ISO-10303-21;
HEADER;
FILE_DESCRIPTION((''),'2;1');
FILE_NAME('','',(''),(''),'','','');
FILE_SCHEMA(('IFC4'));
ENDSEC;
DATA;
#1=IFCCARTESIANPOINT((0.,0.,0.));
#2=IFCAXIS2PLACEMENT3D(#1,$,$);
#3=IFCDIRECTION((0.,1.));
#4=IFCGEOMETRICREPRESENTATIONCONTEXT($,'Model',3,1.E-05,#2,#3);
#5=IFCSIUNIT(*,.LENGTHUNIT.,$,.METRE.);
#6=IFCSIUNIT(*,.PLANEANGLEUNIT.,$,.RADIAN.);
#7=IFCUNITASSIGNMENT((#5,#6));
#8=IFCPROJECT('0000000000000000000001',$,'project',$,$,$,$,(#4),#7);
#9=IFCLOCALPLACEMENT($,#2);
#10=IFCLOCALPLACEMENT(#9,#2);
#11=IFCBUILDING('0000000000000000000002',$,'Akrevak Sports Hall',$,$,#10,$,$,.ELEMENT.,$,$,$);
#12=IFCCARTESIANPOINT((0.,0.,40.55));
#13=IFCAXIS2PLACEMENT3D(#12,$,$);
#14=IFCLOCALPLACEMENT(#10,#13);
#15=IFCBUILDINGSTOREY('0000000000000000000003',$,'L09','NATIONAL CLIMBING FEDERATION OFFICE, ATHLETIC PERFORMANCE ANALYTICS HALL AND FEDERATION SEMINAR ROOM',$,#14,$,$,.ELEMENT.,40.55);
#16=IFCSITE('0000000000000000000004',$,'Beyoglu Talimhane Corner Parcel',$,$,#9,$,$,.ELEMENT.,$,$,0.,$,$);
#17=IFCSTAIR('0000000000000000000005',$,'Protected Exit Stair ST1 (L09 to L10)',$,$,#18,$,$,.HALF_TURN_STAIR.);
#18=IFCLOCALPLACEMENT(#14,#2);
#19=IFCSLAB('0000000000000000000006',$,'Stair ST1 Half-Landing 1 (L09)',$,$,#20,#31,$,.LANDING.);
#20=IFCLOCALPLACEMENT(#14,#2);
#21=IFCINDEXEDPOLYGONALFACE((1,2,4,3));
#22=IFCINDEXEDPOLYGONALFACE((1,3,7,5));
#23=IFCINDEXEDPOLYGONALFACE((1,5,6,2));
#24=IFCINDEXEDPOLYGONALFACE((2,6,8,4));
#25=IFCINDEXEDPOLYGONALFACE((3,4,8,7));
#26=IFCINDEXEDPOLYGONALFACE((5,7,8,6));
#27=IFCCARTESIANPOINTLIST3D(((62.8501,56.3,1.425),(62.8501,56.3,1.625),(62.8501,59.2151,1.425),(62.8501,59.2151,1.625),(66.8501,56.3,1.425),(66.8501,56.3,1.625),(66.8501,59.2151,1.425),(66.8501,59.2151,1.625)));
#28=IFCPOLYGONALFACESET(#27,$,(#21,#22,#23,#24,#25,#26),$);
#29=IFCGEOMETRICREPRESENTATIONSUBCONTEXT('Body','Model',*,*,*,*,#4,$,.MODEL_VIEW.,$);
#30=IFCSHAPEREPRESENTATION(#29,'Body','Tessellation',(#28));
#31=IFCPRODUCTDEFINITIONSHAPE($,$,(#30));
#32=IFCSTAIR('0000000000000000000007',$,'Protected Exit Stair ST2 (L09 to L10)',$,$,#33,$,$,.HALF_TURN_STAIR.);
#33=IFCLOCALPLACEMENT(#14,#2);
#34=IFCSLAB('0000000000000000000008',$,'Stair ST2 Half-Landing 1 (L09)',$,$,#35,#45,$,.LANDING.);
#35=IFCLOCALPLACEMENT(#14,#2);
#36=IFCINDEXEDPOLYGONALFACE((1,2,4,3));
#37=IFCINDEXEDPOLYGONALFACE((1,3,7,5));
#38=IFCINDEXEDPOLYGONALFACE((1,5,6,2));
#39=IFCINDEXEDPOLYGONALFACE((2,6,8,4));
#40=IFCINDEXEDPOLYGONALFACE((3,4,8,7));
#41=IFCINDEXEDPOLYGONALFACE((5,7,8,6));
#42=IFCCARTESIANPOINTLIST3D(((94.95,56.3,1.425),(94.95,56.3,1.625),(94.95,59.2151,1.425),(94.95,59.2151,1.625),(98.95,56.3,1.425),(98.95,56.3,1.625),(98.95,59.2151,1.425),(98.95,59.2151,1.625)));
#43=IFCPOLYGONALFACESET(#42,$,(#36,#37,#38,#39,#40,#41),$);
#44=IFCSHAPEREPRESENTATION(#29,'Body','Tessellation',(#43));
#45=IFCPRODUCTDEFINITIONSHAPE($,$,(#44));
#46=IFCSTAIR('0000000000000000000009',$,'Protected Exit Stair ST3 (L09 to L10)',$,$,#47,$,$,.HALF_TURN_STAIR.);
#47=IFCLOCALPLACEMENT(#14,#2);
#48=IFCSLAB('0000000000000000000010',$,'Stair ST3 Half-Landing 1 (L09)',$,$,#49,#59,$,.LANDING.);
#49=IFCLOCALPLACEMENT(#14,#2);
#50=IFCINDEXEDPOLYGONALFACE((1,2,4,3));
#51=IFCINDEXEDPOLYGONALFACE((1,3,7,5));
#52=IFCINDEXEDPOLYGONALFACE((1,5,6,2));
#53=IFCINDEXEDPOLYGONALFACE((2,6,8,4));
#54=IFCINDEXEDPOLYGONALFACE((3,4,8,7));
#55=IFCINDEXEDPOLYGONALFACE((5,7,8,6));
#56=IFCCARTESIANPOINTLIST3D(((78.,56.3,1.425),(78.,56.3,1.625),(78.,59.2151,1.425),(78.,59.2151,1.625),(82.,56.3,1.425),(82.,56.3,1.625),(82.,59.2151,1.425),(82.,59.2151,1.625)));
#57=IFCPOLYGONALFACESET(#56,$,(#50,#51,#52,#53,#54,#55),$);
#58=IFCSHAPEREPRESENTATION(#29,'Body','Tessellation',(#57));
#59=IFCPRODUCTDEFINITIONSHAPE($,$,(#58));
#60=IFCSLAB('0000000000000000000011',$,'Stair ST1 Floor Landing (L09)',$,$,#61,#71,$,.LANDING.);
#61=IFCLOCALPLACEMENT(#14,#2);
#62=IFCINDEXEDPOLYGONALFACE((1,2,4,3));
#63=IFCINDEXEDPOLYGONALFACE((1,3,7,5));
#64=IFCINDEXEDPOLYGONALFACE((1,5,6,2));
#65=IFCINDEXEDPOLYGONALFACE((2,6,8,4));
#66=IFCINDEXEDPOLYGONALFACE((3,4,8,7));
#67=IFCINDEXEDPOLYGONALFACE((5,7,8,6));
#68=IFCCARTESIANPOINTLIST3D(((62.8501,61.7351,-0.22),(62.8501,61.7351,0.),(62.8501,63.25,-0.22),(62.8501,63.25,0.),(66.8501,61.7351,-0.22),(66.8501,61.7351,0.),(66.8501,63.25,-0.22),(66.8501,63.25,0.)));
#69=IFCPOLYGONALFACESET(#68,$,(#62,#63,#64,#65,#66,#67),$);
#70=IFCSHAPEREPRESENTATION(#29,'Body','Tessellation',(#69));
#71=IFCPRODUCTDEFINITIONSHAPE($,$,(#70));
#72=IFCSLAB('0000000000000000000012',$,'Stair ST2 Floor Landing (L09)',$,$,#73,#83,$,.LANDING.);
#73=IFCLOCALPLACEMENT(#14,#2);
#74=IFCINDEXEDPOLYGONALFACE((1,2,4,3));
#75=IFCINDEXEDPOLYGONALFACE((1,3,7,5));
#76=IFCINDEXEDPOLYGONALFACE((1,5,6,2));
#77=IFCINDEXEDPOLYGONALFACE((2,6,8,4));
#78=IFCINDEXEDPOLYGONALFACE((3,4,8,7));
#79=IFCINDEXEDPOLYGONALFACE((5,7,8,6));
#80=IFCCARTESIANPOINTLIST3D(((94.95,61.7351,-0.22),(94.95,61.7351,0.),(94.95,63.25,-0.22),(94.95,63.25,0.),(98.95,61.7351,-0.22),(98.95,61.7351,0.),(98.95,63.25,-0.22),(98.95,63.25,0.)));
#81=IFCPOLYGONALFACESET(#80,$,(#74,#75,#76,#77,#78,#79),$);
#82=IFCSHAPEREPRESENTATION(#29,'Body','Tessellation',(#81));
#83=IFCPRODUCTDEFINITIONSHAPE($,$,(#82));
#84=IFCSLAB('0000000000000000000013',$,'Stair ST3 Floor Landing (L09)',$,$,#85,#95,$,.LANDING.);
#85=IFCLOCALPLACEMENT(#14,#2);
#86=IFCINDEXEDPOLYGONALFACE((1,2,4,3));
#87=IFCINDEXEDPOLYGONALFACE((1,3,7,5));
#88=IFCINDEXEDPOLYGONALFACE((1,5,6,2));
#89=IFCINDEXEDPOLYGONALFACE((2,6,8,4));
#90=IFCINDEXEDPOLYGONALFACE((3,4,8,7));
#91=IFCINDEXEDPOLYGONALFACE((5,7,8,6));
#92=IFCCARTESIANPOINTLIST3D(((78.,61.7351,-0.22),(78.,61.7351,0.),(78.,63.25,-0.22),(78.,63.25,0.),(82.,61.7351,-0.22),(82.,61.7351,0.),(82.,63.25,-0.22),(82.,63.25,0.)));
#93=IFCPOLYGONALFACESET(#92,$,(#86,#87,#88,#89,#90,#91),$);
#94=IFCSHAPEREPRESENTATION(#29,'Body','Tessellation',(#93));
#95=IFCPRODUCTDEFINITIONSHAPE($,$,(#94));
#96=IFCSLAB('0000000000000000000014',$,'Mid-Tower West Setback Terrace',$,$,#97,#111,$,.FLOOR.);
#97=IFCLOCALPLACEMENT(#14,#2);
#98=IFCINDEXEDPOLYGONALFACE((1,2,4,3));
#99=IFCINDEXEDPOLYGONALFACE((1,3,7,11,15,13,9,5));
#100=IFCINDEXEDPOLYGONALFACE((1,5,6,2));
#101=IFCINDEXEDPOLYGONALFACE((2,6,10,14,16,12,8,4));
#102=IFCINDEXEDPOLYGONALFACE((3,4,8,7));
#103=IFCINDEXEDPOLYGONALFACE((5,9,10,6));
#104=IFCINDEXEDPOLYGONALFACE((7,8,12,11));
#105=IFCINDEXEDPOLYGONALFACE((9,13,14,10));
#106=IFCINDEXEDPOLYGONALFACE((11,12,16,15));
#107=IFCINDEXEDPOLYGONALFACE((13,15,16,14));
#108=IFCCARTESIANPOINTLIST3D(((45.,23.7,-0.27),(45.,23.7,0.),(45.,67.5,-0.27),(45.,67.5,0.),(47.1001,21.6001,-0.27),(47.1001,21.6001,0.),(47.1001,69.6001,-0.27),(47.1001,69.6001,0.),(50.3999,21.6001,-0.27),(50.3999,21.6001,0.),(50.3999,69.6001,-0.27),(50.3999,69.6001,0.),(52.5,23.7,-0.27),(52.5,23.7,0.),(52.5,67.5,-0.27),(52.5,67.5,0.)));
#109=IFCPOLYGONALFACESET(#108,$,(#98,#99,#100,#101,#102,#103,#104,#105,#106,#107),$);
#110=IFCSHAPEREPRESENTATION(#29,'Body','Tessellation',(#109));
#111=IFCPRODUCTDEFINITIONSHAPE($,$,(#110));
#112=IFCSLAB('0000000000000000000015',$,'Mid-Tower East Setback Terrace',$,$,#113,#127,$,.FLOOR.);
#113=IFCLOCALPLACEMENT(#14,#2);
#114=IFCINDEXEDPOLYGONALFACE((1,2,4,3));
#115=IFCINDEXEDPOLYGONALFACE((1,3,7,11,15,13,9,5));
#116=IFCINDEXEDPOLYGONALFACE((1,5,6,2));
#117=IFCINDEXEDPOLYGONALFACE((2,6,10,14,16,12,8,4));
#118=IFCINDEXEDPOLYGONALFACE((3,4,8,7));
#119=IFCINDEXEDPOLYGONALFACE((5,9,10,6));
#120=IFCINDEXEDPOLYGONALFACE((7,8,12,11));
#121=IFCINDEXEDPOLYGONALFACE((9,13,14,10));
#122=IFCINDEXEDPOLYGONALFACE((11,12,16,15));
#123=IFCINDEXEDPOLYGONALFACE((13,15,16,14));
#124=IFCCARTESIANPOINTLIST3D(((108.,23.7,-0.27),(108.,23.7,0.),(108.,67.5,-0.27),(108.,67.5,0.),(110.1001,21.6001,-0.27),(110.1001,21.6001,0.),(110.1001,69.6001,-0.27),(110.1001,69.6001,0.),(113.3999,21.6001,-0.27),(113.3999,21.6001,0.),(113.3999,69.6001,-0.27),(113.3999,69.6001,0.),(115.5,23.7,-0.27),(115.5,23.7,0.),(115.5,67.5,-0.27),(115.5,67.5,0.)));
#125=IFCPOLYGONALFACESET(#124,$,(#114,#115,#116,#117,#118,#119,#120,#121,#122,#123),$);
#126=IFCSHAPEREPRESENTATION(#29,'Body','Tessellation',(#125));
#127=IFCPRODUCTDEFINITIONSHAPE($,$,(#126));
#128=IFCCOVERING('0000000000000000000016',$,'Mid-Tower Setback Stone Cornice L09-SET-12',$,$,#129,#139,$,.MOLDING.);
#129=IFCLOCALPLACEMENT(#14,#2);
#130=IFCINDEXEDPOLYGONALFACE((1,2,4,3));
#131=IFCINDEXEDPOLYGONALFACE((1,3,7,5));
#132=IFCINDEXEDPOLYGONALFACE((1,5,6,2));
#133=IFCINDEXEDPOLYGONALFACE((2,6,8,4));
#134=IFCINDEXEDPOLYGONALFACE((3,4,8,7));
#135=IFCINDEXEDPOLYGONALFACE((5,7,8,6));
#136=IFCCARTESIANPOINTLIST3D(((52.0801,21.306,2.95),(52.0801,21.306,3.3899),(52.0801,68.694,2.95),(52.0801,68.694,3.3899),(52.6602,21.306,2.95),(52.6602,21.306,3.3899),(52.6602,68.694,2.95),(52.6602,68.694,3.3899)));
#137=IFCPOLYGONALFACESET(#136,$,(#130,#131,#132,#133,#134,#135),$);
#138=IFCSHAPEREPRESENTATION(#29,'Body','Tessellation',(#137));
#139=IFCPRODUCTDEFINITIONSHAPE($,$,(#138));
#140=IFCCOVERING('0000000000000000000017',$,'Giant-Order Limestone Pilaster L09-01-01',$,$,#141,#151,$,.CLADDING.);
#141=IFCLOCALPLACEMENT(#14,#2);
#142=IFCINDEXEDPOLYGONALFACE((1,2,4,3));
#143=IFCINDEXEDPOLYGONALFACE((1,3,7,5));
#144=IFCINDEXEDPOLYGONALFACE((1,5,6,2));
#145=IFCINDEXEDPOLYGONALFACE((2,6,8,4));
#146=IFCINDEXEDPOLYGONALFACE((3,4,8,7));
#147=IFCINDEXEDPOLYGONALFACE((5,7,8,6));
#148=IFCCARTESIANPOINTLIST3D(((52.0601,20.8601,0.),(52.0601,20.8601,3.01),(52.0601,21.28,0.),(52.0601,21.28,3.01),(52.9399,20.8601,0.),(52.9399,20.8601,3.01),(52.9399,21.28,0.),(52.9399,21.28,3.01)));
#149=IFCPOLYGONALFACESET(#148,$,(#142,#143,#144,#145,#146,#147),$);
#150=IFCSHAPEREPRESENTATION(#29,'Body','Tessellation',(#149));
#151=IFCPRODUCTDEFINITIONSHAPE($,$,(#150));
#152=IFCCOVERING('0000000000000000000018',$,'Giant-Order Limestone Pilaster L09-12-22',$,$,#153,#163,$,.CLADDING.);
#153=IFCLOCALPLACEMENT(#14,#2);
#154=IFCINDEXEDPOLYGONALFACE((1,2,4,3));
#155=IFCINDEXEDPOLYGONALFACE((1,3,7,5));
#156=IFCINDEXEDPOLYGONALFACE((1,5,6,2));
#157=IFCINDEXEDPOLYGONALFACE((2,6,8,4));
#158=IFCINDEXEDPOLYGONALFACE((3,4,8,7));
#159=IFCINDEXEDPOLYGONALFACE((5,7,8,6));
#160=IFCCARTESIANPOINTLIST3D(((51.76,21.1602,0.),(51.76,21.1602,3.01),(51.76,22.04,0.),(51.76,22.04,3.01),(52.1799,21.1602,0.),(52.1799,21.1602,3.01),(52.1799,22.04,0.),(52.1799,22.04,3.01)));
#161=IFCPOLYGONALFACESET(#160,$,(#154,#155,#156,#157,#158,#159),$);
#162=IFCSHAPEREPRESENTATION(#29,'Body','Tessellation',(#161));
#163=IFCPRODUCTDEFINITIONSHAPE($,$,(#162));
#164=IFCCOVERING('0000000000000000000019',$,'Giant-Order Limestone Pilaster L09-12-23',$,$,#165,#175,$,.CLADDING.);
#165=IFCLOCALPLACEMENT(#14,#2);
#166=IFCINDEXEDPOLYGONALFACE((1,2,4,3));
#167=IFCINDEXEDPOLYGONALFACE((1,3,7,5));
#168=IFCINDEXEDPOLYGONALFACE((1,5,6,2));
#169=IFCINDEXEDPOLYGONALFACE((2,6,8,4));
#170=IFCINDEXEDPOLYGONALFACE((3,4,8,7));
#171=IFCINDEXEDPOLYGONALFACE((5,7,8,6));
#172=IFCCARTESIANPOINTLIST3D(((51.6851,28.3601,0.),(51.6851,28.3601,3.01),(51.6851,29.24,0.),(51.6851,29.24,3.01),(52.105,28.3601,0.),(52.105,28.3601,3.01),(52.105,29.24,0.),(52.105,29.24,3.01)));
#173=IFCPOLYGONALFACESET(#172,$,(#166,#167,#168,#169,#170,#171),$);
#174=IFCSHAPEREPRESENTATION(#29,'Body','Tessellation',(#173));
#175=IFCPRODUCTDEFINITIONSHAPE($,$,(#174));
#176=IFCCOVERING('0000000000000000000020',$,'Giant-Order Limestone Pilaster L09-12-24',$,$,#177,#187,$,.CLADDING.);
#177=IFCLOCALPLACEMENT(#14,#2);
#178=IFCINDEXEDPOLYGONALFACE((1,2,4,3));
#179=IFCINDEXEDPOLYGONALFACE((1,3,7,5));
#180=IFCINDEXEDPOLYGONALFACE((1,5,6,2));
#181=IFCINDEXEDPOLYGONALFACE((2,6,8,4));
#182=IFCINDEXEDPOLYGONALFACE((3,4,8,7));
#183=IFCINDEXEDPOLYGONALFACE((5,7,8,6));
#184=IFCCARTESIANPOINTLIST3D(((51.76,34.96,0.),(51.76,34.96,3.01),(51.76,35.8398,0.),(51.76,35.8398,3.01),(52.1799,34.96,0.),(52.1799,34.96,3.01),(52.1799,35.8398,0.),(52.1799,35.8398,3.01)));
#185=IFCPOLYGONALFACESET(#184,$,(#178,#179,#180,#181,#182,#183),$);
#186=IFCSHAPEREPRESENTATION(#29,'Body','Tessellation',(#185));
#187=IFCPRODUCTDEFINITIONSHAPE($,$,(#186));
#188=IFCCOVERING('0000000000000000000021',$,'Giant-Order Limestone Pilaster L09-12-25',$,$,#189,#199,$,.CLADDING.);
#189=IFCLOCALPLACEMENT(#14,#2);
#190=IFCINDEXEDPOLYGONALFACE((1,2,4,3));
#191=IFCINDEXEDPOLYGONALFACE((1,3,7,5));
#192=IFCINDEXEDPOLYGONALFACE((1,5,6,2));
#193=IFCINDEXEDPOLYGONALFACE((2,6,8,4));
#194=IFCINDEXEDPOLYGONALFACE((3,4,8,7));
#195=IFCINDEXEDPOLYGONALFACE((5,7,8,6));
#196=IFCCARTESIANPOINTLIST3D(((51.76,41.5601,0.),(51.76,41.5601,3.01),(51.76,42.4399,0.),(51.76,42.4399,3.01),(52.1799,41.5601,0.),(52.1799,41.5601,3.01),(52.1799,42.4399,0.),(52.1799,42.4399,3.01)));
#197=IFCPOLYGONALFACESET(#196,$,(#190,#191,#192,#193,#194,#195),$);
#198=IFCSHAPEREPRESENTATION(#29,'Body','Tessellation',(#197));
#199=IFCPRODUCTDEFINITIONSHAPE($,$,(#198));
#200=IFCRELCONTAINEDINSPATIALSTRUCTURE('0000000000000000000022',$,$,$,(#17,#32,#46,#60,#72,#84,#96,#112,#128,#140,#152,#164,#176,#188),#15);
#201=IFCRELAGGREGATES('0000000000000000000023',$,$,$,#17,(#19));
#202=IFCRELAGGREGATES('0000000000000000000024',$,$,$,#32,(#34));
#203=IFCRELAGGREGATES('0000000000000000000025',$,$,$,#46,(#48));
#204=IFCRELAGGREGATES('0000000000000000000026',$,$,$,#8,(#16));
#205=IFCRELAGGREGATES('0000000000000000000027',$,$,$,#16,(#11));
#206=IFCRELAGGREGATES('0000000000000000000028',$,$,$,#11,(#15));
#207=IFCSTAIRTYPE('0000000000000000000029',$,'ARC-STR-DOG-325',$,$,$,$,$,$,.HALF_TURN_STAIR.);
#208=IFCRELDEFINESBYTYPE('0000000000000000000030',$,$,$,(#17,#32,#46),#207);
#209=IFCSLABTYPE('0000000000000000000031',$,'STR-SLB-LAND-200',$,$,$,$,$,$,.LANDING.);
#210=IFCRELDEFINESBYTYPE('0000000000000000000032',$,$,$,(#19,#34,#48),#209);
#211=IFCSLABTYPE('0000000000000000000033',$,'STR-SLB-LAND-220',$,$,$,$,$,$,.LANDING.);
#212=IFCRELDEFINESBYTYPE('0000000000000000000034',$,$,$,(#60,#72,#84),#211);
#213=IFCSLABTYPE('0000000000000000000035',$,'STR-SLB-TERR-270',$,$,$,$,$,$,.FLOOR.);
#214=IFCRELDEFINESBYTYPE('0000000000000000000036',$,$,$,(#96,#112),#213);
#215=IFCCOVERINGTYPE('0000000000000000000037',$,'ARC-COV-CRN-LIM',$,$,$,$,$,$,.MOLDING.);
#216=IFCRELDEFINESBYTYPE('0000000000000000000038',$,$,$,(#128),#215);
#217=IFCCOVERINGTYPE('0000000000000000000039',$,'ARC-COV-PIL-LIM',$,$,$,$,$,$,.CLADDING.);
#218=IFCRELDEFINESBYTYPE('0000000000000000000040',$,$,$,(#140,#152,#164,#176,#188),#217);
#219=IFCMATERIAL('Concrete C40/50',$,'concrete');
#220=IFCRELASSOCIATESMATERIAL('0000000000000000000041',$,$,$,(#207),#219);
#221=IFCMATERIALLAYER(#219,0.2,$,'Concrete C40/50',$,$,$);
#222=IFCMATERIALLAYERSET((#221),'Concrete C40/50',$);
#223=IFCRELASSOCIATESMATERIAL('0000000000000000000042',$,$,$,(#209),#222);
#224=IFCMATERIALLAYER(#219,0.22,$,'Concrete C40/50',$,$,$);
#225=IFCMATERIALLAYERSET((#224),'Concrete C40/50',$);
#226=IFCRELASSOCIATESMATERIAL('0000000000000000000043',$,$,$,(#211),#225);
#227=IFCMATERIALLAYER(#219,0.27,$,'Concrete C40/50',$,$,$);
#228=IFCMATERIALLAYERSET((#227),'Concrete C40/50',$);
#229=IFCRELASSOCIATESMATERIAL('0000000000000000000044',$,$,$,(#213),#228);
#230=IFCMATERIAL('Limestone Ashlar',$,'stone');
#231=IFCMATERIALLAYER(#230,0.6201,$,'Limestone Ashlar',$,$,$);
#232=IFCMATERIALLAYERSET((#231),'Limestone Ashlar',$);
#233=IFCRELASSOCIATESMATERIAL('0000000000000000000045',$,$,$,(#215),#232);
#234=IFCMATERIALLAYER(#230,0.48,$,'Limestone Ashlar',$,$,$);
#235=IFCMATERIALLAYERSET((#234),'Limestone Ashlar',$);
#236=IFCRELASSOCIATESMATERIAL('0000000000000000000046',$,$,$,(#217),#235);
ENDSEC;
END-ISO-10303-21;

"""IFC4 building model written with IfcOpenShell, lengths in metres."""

from ifc_helpers import new_model, si_unit, direction, frame, origin, origin_2d, place, context, subcontext, project, spatial, polyline, rectangle, outline, extrude, material, layer, layer_set, type_object, element, aggregate, save


model = new_model("IFC4")

# Units and contexts
model_context = context("Model", 3, precision=1e-05, world=origin(), true_north=direction((0.0, 1.0)))
body_context = subcontext(model_context, "Body", "Model", "MODEL_VIEW")
ifc_project = project(units=[si_unit("LENGTHUNIT", "METRE"), si_unit("PLANEANGLEUNIT", "RADIAN")], contexts=[model_context])

# Site, building, storey
site_placement = place(None, origin())
site = spatial("IfcSite", under=ifc_project, at=site_placement, Name="Beyoglu Talimhane Corner Parcel", CompositionType="ELEMENT", RefElevation=0.0)
building_placement = place(site_placement, origin())
building = spatial("IfcBuilding", under=site, at=building_placement, Name="Akrevak Sports Hall", CompositionType="ELEMENT")
storey_placement = place(building_placement, frame((0.0, 0.0, 40.55)))
storey = spatial("IfcBuildingStorey", under=building, at=storey_placement, Name="L09", Description="NATIONAL CLIMBING FEDERATION OFFICE, ATHLETIC PERFORMANCE ANALYTICS HALL AND FEDERATION SEMINAR ROOM", CompositionType="ELEMENT", Elevation=40.55)

# Shared definitions
ifc_material_1 = material(Name="Concrete C40/50", Category="concrete")

# Stairs, slabs
stair_type = type_object("IfcStairType", Name="ARC-STR-DOG-325", PredefinedType="HALF_TURN_STAIR", material=ifc_material_1)
stair_1_placement = place(storey_placement, origin())
stair_1 = element("IfcStair", 1, at=stair_1_placement, inside=storey, type_object=stair_type, Name="Protected Exit Stair ST1 (L09 to L10)", PredefinedType="HALF_TURN_STAIR")
ifc_layer_1 = layer(ifc_material_1, 0.2, Name="Concrete C40/50")
ifc_layer_set_1 = layer_set([ifc_layer_1], Name="Concrete C40/50")
slab_type_1 = type_object("IfcSlabType", Name="STR-SLB-LAND-200", PredefinedType="LANDING", material=ifc_layer_set_1)
slab_1_placement = place(storey_placement, frame((0.0, 0.0, 1.425)))
slab_1 = element("IfcSlab", 2, at=slab_1_placement, type_object=slab_type_1, Name="Stair ST1 Half-Landing 1 (L09)", PredefinedType="LANDING", context=body_context, shape_type="SweptSolid", body=[
    extrude(outline(polyline([(62.8501, 56.3), (66.8501, 56.3), (66.8501, 59.2151), (62.8501, 59.2151), (62.8501, 56.3)])), origin(), (0.0, 0.0, 1.0), 0.2),
])
aggregate(stair_1, [slab_1])
stair_2_placement = place(storey_placement, origin())
stair_2 = element("IfcStair", 3, at=stair_2_placement, inside=storey, type_object=stair_type, Name="Protected Exit Stair ST2 (L09 to L10)", PredefinedType="HALF_TURN_STAIR")
slab_2_placement = place(storey_placement, frame((0.0, 0.0, 1.425)))
slab_2 = element("IfcSlab", 4, at=slab_2_placement, type_object=slab_type_1, Name="Stair ST2 Half-Landing 1 (L09)", PredefinedType="LANDING", context=body_context, shape_type="SweptSolid", body=[
    extrude(outline(polyline([(94.95, 56.3), (98.95, 56.3), (98.95, 59.2151), (94.95, 59.2151), (94.95, 56.3)])), origin(), (0.0, 0.0, 1.0), 0.2),
])
aggregate(stair_2, [slab_2])
stair_3_placement = place(storey_placement, origin())
stair_3 = element("IfcStair", 5, at=stair_3_placement, inside=storey, type_object=stair_type, Name="Protected Exit Stair ST3 (L09 to L10)", PredefinedType="HALF_TURN_STAIR")
slab_3_placement = place(storey_placement, frame((0.0, 0.0, 1.425)))
slab_3 = element("IfcSlab", 6, at=slab_3_placement, type_object=slab_type_1, Name="Stair ST3 Half-Landing 1 (L09)", PredefinedType="LANDING", context=body_context, shape_type="SweptSolid", body=[
    extrude(outline(polyline([(78.0, 56.3), (82.0, 56.3), (82.0, 59.2151), (78.0, 59.2151), (78.0, 56.3)])), origin(), (0.0, 0.0, 1.0), 0.2),
])
aggregate(stair_3, [slab_3])

# Slabs
ifc_layer_2 = layer(ifc_material_1, 0.22, Name="Concrete C40/50")
ifc_layer_set_2 = layer_set([ifc_layer_2], Name="Concrete C40/50")
slab_type_2 = type_object("IfcSlabType", Name="STR-SLB-LAND-220", PredefinedType="LANDING", material=ifc_layer_set_2)
slab_4_placement = place(storey_placement, frame((0.0, 0.0, -0.22)))
element("IfcSlab", 7, at=slab_4_placement, inside=storey, type_object=slab_type_2, Name="Stair ST1 Floor Landing (L09)", PredefinedType="LANDING", context=body_context, shape_type="SweptSolid", body=[
    extrude(outline(polyline([(62.8501, 61.7351), (66.8501, 61.7351), (66.8501, 63.25), (62.8501, 63.25), (62.8501, 61.7351)])), origin(), (0.0, 0.0, 1.0), 0.22),
])
slab_5_placement = place(storey_placement, frame((0.0, 0.0, -0.22)))
element("IfcSlab", 8, at=slab_5_placement, inside=storey, type_object=slab_type_2, Name="Stair ST2 Floor Landing (L09)", PredefinedType="LANDING", context=body_context, shape_type="SweptSolid", body=[
    extrude(outline(polyline([(94.95, 61.7351), (98.95, 61.7351), (98.95, 63.25), (94.95, 63.25), (94.95, 61.7351)])), origin(), (0.0, 0.0, 1.0), 0.22),
])
slab_6_placement = place(storey_placement, frame((0.0, 0.0, -0.22)))
element("IfcSlab", 9, at=slab_6_placement, inside=storey, type_object=slab_type_2, Name="Stair ST3 Floor Landing (L09)", PredefinedType="LANDING", context=body_context, shape_type="SweptSolid", body=[
    extrude(outline(polyline([(78.0, 61.7351), (82.0, 61.7351), (82.0, 63.25), (78.0, 63.25), (78.0, 61.7351)])), origin(), (0.0, 0.0, 1.0), 0.22),
])
ifc_layer_3 = layer(ifc_material_1, 0.27, Name="Concrete C40/50")
ifc_layer_set_3 = layer_set([ifc_layer_3], Name="Concrete C40/50")
slab_type_3 = type_object("IfcSlabType", Name="STR-SLB-TERR-270", PredefinedType="FLOOR", material=ifc_layer_set_3)
slab_7_placement = place(storey_placement, frame((0.0, 0.0, -0.27)))
element("IfcSlab", 10, at=slab_7_placement, inside=storey, type_object=slab_type_3, Name="Mid-Tower West Setback Terrace", PredefinedType="FLOOR", context=body_context, shape_type="SweptSolid", body=[
    extrude(outline(polyline([(50.3999, 21.6001), (52.5, 23.7), (52.5, 67.5), (50.3999, 69.6001), (47.1001, 69.6001), (45.0, 67.5), (45.0, 23.7), (47.1001, 21.6001), (50.3999, 21.6001)])), origin(), (0.0, 0.0, 1.0), 0.27),
])
slab_8_placement = place(storey_placement, frame((0.0, 0.0, -0.27)))
element("IfcSlab", 11, at=slab_8_placement, inside=storey, type_object=slab_type_3, Name="Mid-Tower East Setback Terrace", PredefinedType="FLOOR", context=body_context, shape_type="SweptSolid", body=[
    extrude(outline(polyline([(113.3999, 21.6001), (115.5, 23.7), (115.5, 67.5), (113.3999, 69.6001), (110.1001, 69.6001), (108.0, 67.5), (108.0, 23.7), (110.1001, 21.6001), (113.3999, 21.6001)])), origin(), (0.0, 0.0, 1.0), 0.27),
])

# Coverings
ifc_material_2 = material(Name="Limestone Ashlar", Category="stone")
ifc_layer_4 = layer(ifc_material_2, 0.6201, Name="Limestone Ashlar")
ifc_layer_set_4 = layer_set([ifc_layer_4], Name="Limestone Ashlar")
covering_type_1 = type_object("IfcCoveringType", Name="ARC-COV-CRN-LIM", PredefinedType="MOLDING", material=ifc_layer_set_4)
covering_placement = place(storey_placement, frame((52.3701, 45.0, 2.95), z_axis=(0.0, 0.0, 1.0), x_axis=(0.0, -1.0, 0.0)))
element("IfcCovering", 12, at=covering_placement, inside=storey, type_object=covering_type_1, Name="Mid-Tower Setback Stone Cornice L09-SET-12", PredefinedType="MOLDING", context=body_context, shape_type="SweptSolid", body=[
    extrude(rectangle(XDim=47.3879, YDim=0.5801, at=origin_2d()), origin(), (0.0, 0.0, 1.0), 0.4399),
])
ifc_layer_5 = layer(ifc_material_2, 0.48, Name="Limestone Ashlar")
ifc_layer_set_5 = layer_set([ifc_layer_5], Name="Limestone Ashlar")
covering_type_2 = type_object("IfcCoveringType", Name="ARC-COV-PIL-LIM", PredefinedType="CLADDING", material=ifc_layer_set_5)
for number, where, z_axis, x_axis, name in (
    (13, (52.5, 21.0701, 0.0), (0.0, 0.0, 1.0), (1.0, 0.0, 0.0), "Giant-Order Limestone Pilaster L09-01-01"),
    (14, (51.97, 21.6001, 0.0), (0.0, 0.0, 1.0), (0.0, -1.0, 0.0), "Giant-Order Limestone Pilaster L09-12-22"),
    (15, (51.895, 28.8, 0.0), (0.0, 0.0, 1.0), (0.0, -1.0, 0.0), "Giant-Order Limestone Pilaster L09-12-23"),
    (16, (51.97, 35.3999, 0.0), (0.0, 0.0, 1.0), (0.0, -1.0, 0.0), "Giant-Order Limestone Pilaster L09-12-24"),
    (17, (51.97, 42.0, 0.0), (0.0, 0.0, 1.0), (0.0, -1.0, 0.0), "Giant-Order Limestone Pilaster L09-12-25"),
):
    element("IfcCovering", number, at=place(storey_placement, frame(where, z_axis=z_axis, x_axis=x_axis)), inside=storey, type_object=covering_type_2, Name=name, PredefinedType="CLADDING", context=body_context, shape_type="SweptSolid", body=[
        extrude(rectangle(XDim=0.8799, YDim=0.4199, at=origin_2d()), origin(), (0.0, 0.0, 1.0), 3.01),
    ])

save(model, "model.ifc")
